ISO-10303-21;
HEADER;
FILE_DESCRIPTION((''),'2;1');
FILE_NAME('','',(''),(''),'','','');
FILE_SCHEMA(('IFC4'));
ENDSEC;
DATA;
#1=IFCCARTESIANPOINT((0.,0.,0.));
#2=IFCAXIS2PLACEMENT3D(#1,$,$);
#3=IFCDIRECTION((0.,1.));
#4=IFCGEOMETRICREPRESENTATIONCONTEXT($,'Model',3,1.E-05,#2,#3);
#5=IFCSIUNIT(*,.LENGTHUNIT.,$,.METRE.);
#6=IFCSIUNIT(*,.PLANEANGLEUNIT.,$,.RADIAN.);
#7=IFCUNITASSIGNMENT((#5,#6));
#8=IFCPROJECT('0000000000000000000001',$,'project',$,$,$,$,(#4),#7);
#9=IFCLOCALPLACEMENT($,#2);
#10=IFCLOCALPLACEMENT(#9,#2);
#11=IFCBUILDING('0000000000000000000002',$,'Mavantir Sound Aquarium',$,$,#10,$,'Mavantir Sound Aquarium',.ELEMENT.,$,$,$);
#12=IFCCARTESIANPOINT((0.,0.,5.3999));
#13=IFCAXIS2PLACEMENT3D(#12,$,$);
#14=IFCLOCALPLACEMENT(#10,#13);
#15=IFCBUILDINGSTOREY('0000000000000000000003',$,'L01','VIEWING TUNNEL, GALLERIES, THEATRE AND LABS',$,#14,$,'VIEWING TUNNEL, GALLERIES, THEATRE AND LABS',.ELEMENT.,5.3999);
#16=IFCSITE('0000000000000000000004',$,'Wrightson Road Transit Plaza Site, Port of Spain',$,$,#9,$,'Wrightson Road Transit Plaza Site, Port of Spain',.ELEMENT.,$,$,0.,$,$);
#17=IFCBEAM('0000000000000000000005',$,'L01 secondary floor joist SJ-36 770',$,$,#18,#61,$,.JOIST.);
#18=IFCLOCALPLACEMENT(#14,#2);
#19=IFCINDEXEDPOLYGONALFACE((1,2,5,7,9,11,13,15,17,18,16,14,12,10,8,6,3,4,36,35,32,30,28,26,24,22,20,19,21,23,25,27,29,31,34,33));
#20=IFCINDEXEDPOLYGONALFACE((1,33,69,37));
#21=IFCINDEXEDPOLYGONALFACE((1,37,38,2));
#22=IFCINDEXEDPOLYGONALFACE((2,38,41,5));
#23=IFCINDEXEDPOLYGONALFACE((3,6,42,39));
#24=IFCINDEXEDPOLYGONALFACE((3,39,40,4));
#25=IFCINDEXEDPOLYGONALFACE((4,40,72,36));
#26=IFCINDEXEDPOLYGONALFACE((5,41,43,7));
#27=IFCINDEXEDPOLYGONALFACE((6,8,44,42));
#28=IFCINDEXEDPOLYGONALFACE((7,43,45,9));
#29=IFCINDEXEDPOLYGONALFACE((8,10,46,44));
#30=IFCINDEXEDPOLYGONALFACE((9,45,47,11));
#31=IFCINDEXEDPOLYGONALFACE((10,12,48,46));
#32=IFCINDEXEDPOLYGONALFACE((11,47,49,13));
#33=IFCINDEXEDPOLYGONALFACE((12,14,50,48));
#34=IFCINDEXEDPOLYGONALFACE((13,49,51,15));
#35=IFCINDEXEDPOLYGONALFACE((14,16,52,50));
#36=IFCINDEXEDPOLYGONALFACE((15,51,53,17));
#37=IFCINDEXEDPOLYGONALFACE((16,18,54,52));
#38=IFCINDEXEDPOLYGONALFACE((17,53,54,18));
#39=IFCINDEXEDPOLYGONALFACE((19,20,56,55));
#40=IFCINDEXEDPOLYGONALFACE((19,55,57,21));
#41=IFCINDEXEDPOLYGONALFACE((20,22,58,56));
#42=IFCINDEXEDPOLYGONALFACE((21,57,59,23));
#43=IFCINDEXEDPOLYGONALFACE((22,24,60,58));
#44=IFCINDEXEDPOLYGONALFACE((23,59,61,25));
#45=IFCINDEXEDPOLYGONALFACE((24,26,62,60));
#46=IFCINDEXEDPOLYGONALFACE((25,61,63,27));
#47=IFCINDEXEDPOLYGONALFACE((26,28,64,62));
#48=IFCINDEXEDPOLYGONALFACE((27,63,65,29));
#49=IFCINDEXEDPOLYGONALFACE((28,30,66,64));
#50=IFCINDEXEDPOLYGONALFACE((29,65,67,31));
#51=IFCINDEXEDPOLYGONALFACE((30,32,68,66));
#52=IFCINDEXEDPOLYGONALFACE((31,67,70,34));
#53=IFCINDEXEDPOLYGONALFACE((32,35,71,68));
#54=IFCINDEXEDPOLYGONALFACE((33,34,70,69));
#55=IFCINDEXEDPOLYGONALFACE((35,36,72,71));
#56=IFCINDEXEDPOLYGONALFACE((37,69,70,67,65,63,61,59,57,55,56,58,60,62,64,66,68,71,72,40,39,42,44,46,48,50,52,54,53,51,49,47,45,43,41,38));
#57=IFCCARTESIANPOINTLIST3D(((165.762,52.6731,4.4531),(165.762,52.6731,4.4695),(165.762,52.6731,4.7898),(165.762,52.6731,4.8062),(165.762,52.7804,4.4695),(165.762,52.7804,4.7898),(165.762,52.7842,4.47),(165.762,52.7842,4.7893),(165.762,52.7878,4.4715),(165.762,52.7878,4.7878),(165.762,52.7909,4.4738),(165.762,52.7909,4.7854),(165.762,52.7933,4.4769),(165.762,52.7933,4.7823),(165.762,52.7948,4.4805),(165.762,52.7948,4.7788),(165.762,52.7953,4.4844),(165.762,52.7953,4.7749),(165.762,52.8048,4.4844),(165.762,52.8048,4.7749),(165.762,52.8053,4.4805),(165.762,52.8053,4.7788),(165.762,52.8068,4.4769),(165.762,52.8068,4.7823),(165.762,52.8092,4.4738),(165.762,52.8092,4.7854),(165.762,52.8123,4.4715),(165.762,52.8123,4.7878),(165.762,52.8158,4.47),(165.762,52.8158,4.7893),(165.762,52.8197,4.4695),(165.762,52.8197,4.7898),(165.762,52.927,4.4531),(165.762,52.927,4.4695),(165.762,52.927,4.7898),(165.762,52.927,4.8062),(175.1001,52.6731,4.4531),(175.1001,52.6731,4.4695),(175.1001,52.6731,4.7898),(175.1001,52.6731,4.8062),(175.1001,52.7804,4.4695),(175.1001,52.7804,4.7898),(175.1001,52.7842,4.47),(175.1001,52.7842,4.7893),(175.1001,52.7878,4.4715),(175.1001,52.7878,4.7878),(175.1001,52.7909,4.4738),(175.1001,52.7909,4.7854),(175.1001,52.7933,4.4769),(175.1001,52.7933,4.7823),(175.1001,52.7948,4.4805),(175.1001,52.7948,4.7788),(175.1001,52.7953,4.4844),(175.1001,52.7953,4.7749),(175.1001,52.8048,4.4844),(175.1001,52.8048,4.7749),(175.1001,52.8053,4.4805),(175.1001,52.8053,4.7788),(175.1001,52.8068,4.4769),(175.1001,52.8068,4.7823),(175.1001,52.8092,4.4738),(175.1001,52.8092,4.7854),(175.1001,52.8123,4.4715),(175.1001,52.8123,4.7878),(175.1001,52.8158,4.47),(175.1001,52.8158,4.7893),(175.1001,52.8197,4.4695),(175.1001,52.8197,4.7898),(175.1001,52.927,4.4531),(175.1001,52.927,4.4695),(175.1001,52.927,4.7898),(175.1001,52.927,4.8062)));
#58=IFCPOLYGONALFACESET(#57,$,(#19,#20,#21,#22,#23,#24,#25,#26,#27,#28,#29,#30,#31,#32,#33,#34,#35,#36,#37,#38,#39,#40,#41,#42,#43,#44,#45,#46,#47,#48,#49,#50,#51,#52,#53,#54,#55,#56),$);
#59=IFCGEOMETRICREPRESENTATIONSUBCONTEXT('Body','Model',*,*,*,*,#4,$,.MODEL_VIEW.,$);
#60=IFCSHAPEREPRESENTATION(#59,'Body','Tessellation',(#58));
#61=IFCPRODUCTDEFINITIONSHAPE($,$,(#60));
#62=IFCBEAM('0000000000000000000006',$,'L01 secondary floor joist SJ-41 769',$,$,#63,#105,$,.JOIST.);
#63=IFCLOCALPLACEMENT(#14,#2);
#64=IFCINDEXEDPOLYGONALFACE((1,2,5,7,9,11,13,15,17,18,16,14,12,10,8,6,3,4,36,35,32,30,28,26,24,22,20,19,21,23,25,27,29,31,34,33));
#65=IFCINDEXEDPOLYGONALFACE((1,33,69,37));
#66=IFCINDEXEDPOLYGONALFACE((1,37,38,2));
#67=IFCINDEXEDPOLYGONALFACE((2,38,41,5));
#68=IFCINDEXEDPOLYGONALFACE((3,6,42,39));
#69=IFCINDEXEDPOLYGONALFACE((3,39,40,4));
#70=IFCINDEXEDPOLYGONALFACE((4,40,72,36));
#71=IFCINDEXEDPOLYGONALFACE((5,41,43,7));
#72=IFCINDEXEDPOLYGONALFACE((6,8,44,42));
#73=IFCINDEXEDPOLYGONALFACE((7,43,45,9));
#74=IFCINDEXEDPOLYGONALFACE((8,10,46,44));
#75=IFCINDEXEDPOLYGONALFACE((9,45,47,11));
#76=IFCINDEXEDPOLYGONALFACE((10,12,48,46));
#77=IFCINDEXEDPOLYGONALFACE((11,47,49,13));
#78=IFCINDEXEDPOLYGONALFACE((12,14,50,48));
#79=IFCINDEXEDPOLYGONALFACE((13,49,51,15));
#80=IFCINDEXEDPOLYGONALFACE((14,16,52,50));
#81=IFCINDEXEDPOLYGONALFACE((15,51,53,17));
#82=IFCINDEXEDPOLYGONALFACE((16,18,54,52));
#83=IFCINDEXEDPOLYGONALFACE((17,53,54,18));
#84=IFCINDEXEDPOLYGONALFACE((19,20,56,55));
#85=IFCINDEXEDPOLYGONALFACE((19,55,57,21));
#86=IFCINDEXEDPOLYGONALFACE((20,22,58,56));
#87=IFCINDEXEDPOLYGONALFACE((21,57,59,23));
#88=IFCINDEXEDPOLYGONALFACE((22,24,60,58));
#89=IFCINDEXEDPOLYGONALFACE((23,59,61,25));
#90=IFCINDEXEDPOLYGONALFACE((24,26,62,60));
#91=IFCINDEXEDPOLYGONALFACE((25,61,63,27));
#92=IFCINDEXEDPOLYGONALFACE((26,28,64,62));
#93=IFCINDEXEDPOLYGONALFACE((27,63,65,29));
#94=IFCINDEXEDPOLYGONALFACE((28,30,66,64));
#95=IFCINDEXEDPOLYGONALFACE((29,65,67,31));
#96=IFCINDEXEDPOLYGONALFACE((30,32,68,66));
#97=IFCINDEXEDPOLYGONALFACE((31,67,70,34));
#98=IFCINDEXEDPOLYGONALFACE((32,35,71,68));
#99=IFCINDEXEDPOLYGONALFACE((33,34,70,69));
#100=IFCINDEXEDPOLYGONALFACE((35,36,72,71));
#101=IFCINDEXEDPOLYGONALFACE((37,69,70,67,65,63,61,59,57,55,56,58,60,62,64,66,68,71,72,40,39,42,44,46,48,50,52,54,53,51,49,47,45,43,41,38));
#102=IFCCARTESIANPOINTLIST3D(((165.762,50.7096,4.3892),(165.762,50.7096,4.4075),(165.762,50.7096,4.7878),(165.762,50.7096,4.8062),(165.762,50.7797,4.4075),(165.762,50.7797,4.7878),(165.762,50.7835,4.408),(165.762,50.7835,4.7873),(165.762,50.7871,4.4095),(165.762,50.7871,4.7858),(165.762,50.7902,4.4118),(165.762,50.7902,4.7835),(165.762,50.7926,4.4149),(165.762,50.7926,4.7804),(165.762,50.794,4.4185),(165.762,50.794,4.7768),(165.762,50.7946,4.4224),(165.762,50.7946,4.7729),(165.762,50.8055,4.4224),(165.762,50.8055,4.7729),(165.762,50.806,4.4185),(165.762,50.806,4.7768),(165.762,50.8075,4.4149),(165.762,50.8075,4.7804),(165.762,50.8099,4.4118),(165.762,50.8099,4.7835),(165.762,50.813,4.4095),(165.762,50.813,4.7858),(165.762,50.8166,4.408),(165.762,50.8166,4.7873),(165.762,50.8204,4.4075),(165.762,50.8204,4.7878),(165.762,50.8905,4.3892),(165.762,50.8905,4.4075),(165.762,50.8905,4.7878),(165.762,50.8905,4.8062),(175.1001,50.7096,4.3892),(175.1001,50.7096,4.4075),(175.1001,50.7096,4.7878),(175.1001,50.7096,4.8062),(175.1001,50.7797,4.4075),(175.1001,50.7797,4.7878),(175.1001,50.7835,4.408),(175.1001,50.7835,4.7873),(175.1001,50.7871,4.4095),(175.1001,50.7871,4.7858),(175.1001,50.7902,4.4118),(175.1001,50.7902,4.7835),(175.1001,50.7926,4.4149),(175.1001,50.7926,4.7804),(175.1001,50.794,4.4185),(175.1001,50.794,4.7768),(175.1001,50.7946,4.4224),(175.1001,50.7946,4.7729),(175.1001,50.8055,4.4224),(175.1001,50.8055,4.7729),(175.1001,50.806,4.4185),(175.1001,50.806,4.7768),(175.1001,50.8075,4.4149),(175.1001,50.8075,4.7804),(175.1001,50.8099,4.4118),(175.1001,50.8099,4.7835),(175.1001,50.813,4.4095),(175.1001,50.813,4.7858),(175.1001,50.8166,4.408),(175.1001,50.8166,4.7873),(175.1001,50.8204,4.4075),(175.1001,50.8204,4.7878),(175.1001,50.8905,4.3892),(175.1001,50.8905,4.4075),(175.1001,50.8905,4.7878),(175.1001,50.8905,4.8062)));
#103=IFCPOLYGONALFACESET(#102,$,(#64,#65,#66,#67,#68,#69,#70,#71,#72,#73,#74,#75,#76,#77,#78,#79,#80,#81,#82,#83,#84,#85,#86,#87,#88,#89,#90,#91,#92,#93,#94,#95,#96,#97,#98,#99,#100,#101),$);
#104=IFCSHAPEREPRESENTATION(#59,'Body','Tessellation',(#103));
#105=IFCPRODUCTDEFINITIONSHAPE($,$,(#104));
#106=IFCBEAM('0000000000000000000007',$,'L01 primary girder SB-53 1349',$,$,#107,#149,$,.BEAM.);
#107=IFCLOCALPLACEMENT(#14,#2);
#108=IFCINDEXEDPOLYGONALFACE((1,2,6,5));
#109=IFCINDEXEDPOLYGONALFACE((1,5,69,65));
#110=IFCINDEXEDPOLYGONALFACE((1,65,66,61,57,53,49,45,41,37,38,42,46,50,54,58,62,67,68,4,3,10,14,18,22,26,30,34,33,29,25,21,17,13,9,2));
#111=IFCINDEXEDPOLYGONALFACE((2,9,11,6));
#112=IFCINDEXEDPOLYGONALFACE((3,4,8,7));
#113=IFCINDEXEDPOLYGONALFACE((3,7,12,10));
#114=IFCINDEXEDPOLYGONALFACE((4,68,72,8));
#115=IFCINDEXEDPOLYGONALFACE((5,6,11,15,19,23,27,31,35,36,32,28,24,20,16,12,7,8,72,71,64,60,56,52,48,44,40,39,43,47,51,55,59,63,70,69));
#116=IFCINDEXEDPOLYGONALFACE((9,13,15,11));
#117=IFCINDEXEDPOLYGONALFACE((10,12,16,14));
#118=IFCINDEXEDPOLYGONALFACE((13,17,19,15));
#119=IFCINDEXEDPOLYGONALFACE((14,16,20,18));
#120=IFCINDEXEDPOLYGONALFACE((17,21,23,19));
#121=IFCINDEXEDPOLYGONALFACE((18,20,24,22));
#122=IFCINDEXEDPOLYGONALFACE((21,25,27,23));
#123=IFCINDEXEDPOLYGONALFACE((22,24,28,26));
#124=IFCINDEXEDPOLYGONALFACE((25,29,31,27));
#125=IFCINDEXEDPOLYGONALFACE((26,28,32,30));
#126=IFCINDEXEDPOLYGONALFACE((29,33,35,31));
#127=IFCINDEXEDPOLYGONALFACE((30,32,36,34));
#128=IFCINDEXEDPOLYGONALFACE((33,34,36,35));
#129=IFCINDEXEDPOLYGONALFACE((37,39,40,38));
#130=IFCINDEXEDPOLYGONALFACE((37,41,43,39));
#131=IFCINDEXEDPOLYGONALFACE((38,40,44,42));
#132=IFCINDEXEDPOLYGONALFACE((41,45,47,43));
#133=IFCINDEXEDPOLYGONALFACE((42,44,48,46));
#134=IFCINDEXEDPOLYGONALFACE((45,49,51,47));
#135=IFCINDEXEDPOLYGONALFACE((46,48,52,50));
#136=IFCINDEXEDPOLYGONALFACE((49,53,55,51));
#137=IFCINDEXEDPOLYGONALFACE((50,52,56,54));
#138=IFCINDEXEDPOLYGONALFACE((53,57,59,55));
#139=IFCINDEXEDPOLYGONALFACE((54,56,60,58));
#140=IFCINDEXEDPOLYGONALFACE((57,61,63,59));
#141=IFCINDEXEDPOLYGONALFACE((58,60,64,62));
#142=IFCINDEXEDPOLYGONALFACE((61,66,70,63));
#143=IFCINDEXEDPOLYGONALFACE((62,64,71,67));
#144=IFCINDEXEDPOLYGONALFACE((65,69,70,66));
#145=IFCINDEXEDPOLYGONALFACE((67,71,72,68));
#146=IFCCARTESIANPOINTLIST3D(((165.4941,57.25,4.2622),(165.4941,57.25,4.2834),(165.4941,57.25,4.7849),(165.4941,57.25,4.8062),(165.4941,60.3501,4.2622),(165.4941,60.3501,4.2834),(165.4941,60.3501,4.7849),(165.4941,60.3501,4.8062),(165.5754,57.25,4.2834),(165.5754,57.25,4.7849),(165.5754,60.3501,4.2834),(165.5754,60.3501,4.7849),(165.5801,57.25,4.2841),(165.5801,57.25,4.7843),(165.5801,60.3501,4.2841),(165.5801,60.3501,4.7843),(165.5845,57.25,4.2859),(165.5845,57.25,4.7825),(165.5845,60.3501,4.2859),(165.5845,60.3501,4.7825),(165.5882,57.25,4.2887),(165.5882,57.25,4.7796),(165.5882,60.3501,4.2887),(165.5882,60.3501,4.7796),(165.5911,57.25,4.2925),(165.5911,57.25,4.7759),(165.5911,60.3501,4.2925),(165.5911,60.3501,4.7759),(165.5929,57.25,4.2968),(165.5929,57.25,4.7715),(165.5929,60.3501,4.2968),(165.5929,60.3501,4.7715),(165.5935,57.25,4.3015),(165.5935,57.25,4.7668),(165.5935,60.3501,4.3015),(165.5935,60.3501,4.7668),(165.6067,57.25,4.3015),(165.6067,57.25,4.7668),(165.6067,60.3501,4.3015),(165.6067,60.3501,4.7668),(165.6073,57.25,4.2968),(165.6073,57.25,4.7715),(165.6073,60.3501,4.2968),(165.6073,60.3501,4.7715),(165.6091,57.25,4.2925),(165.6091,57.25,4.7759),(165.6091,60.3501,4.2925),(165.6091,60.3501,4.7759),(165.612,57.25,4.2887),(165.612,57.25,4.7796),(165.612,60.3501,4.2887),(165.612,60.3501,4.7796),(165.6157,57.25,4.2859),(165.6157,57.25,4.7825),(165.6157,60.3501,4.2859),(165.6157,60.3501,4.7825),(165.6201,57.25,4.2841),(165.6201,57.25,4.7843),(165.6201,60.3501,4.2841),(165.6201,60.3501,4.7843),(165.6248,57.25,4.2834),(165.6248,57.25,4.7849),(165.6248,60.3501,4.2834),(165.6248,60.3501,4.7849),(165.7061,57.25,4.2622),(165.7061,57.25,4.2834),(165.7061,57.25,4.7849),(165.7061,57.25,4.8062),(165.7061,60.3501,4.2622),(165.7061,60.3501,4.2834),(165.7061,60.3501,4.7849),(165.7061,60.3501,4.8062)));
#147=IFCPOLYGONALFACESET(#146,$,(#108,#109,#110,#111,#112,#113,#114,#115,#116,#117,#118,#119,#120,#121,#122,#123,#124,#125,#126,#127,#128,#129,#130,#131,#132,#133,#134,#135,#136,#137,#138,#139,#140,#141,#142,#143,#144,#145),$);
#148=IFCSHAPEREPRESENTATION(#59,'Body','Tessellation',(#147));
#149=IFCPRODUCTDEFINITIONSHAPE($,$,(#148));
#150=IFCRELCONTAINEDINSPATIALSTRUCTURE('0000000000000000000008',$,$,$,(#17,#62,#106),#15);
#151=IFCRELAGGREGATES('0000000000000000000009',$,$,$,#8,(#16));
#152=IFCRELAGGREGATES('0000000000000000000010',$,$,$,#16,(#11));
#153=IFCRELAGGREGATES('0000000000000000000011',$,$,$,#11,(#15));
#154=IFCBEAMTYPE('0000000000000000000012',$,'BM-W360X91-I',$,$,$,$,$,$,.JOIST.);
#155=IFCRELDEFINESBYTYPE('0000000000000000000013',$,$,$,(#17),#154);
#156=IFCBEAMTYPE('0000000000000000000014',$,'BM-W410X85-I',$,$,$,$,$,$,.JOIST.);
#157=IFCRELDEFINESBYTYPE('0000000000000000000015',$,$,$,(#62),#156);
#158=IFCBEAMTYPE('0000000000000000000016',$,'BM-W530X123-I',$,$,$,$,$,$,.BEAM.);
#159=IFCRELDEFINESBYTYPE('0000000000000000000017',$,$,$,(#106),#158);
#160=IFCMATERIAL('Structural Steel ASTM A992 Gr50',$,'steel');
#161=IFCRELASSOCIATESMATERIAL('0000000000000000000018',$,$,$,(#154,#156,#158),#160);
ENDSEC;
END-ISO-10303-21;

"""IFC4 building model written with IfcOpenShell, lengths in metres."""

from ifc_helpers import new_model, si_unit, direction, frame, origin, origin_2d, place, context, subcontext, project, spatial, i_section, extrude, material, material_profile, profile_set, type_object, element, save


model = new_model("IFC4")

# Units and contexts
model_context = context("Model", 3, precision=1e-05, world=origin(), true_north=direction((0.0, 1.0)))
body_context = subcontext(model_context, "Body", "Model", "MODEL_VIEW")
ifc_project = project(units=[si_unit("LENGTHUNIT", "METRE"), si_unit("PLANEANGLEUNIT", "RADIAN")], contexts=[model_context])

# Site, building, storey
site_placement = place(None, origin())
site = spatial("IfcSite", under=ifc_project, at=site_placement, Name="Wrightson Road Transit Plaza Site, Port of Spain", LongName="Wrightson Road Transit Plaza Site, Port of Spain", CompositionType="ELEMENT", RefElevation=0.0)
building_placement = place(site_placement, origin())
building = spatial("IfcBuilding", under=site, at=building_placement, Name="Mavantir Sound Aquarium", LongName="Mavantir Sound Aquarium", CompositionType="ELEMENT")
storey_placement = place(building_placement, frame((0.0, 0.0, 5.3999)))
storey = spatial("IfcBuildingStorey", under=building, at=storey_placement, Name="L01", Description="VIEWING TUNNEL, GALLERIES, THEATRE AND LABS", LongName="VIEWING TUNNEL, GALLERIES, THEATRE AND LABS", CompositionType="ELEMENT", Elevation=5.3999)

# Beams
ifc_material_1 = material(Name="Structural Steel ASTM A992 Gr50", Category="steel")
ifc_material_profile_1 = material_profile(ifc_material_1, i_section(OverallWidth=0.2539, OverallDepth=0.353, WebThickness=0.0095, FlangeThickness=0.0164, FilletRadius=0.0149, at=origin_2d()), Name="W360X91")
ifc_profile_set_1 = profile_set([ifc_material_profile_1], Name="Structural Steel ASTM A992 Gr50")
beam_type_1 = type_object("IfcBeamType", Name="BM-W360X91-I", PredefinedType="JOIST", material=ifc_profile_set_1)
beam_1_placement = place(storey_placement, frame((165.762, 52.8, 4.6296), z_axis=(1.0, 0.0, 0.0), x_axis=(0.0, 1.0, 0.0)))
element("IfcBeam", 1, at=beam_1_placement, inside=storey, type_object=beam_type_1, Name="L01 secondary floor joist SJ-36 770", PredefinedType="JOIST", context=body_context, shape_type="SweptSolid", body=[
    extrude(i_section(OverallWidth=0.2539, OverallDepth=0.353, WebThickness=0.0095, FlangeThickness=0.0164, FilletRadius=0.0149, at=origin_2d()), origin(), (0.0, 0.0, 1.0), 9.3381),
])
ifc_material_profile_2 = material_profile(ifc_material_1, i_section(OverallWidth=0.1809, OverallDepth=0.417, WebThickness=0.011, FlangeThickness=0.0183, FilletRadius=0.0149, at=origin_2d()), Name="W410X85")
ifc_profile_set_2 = profile_set([ifc_material_profile_2], Name="Structural Steel ASTM A992 Gr50")
beam_type_2 = type_object("IfcBeamType", Name="BM-W410X85-I", PredefinedType="JOIST", material=ifc_profile_set_2)
beam_2_placement = place(storey_placement, frame((165.762, 50.8, 4.5977), z_axis=(1.0, 0.0, 0.0), x_axis=(0.0, 1.0, 0.0)))
element("IfcBeam", 2, at=beam_2_placement, inside=storey, type_object=beam_type_2, Name="L01 secondary floor joist SJ-41 769", PredefinedType="JOIST", context=body_context, shape_type="SweptSolid", body=[
    extrude(i_section(OverallWidth=0.1809, OverallDepth=0.417, WebThickness=0.011, FlangeThickness=0.0183, FilletRadius=0.0149, at=origin_2d()), origin(), (0.0, 0.0, 1.0), 9.3381),
])
ifc_material_profile_3 = material_profile(ifc_material_1, i_section(OverallWidth=0.2119, OverallDepth=0.5439, WebThickness=0.0132, FlangeThickness=0.0212, FilletRadius=0.0181, at=origin_2d()), Name="W530X123")
ifc_profile_set_3 = profile_set([ifc_material_profile_3], Name="Structural Steel ASTM A992 Gr50")
beam_type_3 = type_object("IfcBeamType", Name="BM-W530X123-I", PredefinedType="BEAM", material=ifc_profile_set_3)
beam_3_placement = place(storey_placement, frame((165.6001, 57.25, 4.5342), z_axis=(0.0, 1.0, 0.0), x_axis=(-1.0, 0.0, 0.0)))
element("IfcBeam", 3, at=beam_3_placement, inside=storey, type_object=beam_type_3, Name="L01 primary girder SB-53 1349", PredefinedType="BEAM", context=body_context, shape_type="SweptSolid", body=[
    extrude(i_section(OverallWidth=0.2119, OverallDepth=0.5439, WebThickness=0.0132, FlangeThickness=0.0212, FilletRadius=0.0181, at=origin_2d()), origin(), (0.0, 0.0, 1.0), 3.1001),
])

save(model, "model.ifc")
